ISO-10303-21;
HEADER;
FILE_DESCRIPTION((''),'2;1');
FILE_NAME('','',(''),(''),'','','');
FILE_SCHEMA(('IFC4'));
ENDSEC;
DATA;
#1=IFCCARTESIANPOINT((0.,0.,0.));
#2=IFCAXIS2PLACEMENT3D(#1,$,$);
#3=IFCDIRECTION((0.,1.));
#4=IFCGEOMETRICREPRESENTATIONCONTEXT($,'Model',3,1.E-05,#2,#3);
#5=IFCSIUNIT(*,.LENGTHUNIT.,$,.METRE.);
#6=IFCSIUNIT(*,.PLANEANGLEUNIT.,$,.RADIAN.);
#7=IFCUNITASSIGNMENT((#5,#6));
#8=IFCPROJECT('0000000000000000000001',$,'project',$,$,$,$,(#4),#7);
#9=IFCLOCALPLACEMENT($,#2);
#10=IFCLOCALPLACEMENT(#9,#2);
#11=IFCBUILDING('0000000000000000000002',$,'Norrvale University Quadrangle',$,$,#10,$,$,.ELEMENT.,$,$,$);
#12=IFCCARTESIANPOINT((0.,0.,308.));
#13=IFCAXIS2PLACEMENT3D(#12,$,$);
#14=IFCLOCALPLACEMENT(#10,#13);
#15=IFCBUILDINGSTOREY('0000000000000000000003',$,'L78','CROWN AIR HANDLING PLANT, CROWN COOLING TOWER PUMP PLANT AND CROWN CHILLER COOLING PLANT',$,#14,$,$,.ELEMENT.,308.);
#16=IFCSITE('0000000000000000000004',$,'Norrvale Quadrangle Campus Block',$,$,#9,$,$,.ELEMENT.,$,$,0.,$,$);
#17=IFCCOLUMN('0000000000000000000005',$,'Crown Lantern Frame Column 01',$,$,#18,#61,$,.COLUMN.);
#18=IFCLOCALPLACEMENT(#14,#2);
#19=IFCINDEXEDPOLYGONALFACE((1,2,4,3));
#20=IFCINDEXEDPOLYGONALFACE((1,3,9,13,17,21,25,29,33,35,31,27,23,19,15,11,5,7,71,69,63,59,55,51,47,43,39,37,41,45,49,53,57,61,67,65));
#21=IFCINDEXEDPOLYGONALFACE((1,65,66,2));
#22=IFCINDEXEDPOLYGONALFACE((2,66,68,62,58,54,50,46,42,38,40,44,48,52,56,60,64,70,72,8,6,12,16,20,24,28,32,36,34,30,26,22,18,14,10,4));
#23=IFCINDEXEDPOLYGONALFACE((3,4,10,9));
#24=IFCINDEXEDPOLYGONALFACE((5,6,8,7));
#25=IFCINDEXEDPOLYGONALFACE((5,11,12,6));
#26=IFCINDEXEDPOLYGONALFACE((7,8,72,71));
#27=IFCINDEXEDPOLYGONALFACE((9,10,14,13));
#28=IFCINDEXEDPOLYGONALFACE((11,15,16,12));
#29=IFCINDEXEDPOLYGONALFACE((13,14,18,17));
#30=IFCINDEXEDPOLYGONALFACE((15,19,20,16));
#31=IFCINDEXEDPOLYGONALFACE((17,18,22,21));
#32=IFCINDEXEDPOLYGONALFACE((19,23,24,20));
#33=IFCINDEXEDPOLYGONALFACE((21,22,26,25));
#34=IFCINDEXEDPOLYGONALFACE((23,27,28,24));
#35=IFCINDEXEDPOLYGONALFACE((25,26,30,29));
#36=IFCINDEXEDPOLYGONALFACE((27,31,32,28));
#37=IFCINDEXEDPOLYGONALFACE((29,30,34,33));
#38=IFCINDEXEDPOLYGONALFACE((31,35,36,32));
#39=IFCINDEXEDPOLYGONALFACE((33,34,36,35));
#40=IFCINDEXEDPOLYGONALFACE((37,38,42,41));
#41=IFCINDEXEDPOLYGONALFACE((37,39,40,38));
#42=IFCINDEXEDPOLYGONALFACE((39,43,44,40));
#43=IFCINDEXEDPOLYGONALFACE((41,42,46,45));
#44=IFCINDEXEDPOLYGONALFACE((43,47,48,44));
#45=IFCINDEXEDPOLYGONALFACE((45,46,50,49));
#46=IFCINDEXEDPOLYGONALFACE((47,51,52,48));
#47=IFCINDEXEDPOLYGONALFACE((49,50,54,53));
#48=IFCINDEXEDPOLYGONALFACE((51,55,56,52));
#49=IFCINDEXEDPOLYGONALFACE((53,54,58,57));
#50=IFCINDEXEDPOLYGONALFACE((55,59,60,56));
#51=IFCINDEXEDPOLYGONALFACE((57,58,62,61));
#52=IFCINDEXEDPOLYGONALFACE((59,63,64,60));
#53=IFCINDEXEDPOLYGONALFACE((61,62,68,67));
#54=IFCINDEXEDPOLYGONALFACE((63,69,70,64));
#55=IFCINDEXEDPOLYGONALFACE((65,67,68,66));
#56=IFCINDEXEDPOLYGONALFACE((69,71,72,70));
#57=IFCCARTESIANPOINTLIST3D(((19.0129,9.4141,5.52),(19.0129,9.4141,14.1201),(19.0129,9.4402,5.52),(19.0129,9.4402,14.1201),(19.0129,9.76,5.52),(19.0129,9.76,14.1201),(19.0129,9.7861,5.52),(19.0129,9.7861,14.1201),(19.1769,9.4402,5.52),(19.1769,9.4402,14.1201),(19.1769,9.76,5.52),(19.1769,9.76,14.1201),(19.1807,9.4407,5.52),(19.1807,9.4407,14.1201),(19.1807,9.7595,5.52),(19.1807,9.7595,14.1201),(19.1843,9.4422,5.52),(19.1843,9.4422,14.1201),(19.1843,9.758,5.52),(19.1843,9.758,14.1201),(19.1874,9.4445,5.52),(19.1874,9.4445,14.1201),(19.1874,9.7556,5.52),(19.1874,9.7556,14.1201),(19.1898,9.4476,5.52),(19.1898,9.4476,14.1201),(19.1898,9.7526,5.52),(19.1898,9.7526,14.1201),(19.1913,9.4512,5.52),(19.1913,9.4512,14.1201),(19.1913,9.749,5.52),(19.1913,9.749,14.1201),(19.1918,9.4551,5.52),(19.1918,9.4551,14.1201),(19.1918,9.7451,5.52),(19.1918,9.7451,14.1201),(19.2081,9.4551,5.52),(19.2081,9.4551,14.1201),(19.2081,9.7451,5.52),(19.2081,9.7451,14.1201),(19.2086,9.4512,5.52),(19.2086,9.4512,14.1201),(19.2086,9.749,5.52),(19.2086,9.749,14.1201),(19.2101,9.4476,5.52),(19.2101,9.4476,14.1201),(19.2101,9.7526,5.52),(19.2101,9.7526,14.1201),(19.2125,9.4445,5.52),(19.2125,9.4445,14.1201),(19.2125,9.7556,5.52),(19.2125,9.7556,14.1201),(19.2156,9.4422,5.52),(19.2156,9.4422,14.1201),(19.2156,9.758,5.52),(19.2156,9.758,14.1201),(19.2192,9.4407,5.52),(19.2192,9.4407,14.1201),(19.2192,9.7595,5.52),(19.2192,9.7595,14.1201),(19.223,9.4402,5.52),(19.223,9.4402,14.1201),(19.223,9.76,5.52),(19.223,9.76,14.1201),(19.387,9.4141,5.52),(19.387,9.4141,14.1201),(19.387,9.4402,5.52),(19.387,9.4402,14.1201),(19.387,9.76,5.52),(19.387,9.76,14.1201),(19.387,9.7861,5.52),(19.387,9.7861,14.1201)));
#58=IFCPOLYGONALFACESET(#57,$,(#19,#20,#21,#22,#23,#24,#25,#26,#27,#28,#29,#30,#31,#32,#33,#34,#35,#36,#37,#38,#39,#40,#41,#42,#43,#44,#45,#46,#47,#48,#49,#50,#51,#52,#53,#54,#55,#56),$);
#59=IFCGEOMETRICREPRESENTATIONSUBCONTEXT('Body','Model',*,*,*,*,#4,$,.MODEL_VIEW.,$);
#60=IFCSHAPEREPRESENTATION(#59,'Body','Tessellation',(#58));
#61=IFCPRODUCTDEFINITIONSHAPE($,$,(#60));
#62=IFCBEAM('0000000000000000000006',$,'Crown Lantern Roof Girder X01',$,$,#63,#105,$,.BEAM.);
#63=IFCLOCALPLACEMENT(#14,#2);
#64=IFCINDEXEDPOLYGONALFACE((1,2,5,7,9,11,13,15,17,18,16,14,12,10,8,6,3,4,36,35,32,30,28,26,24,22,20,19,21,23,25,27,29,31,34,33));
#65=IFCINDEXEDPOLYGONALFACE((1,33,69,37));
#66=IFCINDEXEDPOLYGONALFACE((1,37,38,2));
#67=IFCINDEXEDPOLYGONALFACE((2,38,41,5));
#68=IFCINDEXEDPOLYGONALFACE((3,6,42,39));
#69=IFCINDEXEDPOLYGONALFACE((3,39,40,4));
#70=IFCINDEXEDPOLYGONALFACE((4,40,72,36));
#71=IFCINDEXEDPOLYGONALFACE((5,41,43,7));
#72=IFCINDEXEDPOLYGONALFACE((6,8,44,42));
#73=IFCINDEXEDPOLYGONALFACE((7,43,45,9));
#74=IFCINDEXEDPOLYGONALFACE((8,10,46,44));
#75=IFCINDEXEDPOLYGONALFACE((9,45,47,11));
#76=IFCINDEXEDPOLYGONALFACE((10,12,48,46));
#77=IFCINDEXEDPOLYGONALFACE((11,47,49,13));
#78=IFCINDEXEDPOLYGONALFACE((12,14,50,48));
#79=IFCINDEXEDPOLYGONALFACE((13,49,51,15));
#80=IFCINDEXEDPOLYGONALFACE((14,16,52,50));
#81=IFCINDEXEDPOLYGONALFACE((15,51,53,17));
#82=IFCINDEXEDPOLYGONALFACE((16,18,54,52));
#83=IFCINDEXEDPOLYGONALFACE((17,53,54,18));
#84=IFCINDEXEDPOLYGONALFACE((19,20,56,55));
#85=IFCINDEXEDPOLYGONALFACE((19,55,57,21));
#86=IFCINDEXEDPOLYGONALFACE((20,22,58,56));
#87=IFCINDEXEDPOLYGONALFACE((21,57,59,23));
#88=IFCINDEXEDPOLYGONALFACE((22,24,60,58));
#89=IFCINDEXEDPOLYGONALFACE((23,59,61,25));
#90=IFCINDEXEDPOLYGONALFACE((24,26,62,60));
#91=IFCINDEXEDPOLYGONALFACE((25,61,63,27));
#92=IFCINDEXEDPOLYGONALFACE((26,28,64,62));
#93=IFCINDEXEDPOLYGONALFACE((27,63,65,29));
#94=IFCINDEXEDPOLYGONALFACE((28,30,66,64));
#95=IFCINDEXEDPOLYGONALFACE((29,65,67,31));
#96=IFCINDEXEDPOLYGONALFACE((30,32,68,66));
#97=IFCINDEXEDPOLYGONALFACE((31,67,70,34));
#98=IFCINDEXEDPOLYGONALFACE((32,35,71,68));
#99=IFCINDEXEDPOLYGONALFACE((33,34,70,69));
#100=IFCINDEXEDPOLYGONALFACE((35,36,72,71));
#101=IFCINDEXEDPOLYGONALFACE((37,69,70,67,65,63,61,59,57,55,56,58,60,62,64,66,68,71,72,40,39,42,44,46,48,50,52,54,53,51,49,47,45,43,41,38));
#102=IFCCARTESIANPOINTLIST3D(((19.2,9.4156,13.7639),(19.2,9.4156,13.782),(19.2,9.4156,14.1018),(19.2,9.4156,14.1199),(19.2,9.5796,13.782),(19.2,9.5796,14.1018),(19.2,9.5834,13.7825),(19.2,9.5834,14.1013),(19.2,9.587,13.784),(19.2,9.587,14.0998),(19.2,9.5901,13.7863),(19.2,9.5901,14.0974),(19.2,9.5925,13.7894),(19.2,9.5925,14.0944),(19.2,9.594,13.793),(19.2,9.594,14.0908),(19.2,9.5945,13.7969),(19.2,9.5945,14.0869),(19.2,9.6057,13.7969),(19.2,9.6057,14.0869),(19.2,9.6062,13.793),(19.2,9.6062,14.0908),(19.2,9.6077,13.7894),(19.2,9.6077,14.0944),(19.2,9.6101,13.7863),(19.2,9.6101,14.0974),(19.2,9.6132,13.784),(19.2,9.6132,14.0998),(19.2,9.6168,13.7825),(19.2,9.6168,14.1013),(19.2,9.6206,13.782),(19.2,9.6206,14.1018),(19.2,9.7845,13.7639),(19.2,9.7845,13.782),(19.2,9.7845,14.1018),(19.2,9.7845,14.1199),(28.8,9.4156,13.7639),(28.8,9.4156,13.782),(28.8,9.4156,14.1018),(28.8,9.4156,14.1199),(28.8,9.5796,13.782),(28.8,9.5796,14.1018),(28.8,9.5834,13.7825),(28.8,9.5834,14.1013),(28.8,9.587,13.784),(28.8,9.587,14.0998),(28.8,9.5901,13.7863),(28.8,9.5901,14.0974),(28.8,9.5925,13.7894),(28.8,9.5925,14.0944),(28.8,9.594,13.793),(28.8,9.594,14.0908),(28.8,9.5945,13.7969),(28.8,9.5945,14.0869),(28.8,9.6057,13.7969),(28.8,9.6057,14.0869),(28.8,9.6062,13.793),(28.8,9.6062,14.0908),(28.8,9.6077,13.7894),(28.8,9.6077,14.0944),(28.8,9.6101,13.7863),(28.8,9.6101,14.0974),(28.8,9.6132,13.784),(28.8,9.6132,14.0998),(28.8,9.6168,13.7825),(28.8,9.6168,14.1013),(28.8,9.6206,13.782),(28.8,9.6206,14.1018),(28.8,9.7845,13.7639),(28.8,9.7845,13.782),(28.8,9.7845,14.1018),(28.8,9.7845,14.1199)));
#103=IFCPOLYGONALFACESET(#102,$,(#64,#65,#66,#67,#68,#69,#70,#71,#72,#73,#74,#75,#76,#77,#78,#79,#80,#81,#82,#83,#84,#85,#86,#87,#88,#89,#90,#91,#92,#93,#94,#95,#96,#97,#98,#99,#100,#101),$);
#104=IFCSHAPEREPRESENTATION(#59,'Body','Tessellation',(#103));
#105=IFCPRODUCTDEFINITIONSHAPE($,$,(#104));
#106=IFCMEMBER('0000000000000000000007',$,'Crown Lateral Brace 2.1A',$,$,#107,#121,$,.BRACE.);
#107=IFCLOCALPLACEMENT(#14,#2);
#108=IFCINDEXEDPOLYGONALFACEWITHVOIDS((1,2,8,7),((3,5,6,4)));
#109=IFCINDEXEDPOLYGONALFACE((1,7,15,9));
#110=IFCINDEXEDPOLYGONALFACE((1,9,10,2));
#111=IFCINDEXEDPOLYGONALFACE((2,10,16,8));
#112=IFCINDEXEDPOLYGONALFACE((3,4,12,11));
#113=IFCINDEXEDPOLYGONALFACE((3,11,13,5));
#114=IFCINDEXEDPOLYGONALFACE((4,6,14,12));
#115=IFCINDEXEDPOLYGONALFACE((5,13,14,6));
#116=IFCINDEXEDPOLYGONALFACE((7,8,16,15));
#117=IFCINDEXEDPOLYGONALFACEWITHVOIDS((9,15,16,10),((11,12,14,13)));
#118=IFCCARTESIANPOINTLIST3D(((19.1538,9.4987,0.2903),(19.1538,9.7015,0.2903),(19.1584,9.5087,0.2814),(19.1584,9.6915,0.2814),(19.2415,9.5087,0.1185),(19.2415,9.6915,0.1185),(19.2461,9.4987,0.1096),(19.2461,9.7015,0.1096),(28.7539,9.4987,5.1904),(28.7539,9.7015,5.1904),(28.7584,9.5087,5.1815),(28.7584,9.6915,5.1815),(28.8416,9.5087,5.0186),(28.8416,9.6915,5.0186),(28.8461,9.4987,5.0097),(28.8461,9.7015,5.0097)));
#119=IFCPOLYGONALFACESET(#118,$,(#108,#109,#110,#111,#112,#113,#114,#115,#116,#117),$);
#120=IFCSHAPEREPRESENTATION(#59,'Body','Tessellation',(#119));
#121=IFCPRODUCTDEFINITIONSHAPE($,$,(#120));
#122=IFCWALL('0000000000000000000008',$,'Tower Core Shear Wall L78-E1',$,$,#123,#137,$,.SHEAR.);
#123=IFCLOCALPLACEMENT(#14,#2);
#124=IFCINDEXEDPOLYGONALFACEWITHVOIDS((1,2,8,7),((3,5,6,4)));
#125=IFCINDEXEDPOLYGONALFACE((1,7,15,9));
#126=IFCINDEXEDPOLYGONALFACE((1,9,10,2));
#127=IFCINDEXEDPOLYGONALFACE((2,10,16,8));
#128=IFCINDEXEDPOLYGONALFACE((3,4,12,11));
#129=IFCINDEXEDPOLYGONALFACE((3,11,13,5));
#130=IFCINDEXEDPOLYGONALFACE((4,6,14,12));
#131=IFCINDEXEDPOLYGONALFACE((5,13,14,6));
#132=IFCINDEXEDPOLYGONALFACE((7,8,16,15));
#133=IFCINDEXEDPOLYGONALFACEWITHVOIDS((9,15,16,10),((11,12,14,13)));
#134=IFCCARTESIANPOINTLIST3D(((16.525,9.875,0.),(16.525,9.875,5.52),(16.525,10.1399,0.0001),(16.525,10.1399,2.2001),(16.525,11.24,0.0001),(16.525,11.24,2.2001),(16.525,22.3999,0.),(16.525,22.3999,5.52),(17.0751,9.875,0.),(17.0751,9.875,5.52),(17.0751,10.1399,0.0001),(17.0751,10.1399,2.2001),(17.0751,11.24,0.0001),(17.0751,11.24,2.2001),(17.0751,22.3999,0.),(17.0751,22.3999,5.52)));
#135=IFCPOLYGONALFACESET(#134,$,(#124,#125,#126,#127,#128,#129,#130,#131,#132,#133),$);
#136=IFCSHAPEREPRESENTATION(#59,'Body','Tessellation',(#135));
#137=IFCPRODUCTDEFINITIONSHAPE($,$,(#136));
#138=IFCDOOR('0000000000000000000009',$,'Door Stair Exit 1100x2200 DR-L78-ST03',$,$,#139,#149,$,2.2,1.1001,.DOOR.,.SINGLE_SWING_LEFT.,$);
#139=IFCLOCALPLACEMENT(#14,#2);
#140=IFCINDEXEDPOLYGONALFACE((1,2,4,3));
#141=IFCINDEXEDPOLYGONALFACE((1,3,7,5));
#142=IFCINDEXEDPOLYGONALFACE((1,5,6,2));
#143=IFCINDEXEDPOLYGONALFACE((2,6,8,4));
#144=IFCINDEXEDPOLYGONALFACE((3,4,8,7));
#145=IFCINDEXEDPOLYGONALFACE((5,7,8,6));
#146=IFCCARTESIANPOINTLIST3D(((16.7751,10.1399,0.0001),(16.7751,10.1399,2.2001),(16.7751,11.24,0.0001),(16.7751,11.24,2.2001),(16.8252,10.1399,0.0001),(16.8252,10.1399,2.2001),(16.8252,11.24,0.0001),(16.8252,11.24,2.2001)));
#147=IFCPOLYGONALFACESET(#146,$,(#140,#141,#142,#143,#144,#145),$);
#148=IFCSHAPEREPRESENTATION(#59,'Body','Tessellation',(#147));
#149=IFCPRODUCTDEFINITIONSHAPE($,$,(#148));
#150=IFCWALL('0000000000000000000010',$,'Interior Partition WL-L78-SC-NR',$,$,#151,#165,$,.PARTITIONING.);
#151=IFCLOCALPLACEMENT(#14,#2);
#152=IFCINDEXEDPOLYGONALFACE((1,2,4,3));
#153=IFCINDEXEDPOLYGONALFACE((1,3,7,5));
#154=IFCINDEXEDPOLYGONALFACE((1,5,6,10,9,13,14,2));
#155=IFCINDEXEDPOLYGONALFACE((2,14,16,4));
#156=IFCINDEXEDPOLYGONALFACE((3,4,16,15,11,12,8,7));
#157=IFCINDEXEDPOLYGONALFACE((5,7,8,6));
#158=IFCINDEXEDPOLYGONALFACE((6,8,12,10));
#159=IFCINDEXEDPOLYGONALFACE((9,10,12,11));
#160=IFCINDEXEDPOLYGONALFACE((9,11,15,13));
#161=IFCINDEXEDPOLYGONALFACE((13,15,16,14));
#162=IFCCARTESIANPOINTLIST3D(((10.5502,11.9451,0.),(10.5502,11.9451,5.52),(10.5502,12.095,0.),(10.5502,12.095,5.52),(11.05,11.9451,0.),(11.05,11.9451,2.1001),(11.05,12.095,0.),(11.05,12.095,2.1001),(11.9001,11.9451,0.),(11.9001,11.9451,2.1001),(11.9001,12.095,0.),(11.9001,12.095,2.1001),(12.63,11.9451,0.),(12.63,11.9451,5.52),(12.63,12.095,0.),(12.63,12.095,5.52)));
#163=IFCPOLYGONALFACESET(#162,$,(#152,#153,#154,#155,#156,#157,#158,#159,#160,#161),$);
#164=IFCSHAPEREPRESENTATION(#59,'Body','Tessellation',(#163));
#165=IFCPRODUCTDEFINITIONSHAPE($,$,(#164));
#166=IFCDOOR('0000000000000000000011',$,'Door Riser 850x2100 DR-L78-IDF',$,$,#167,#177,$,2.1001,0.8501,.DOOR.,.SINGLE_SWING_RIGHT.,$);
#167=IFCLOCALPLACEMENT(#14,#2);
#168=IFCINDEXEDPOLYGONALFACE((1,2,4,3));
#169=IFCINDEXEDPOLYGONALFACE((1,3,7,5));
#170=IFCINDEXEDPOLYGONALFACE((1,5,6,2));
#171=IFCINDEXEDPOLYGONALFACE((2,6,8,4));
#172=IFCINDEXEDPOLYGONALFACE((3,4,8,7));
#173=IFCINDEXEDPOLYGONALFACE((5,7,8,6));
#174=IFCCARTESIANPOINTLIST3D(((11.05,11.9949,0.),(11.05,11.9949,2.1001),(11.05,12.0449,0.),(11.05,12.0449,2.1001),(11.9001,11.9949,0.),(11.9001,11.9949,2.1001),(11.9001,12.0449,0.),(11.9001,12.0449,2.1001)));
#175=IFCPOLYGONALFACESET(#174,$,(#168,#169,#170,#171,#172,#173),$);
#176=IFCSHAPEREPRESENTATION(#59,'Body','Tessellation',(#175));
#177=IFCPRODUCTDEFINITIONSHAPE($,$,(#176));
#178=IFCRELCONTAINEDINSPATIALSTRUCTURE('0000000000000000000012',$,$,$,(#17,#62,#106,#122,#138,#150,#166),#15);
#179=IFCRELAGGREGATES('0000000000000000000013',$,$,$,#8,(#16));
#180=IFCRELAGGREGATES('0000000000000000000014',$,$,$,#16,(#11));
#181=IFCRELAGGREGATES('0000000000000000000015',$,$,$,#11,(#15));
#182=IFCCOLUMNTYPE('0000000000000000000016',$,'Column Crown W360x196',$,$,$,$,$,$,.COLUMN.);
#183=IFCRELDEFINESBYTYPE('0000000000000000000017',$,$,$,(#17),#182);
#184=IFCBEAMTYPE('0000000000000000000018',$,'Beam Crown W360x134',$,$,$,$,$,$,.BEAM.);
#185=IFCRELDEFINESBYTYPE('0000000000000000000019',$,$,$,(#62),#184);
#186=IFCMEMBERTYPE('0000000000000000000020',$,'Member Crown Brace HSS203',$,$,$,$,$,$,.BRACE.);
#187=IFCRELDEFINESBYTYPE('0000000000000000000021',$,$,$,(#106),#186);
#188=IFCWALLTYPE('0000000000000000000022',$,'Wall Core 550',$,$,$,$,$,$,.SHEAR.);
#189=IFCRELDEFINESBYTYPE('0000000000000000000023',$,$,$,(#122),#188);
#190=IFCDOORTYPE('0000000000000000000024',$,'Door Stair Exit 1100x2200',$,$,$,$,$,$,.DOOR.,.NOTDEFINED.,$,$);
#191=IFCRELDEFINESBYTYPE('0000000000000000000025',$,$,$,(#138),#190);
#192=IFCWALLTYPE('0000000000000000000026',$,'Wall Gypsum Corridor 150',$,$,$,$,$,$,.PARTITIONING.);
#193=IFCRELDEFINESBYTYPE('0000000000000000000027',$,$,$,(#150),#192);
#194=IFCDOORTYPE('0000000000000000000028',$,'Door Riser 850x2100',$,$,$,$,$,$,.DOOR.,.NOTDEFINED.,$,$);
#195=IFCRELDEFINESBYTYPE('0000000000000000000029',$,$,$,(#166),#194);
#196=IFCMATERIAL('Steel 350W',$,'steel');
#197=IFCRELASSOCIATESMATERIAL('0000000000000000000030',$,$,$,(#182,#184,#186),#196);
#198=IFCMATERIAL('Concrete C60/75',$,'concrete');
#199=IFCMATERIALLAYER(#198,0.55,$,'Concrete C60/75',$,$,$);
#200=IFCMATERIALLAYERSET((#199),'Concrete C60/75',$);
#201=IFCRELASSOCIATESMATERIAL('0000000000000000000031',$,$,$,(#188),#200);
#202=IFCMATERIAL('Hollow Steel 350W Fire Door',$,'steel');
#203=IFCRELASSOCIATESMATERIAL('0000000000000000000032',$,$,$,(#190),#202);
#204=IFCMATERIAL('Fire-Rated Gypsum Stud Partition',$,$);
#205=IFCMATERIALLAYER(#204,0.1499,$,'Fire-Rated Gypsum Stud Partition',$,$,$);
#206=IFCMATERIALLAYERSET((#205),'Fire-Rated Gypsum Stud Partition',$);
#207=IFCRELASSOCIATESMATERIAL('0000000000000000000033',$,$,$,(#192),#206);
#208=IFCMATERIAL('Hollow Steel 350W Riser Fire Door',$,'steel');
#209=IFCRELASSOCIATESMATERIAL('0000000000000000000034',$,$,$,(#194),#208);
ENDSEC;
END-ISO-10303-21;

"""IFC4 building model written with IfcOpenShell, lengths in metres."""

from ifc_helpers import new_model, si_unit, direction, frame, frame_2d, origin, origin_2d, place, context, subcontext, project, spatial, rectangle, hollow_rectangle, i_section, extrude, material, layer, layer_set, material_profile, profile_set, type_object, element, fill, save


model = new_model("IFC4")

# Units and contexts
model_context = context("Model", 3, precision=1e-05, world=origin(), true_north=direction((0.0, 1.0)))
body_context = subcontext(model_context, "Body", "Model", "MODEL_VIEW")
ifc_project = project(units=[si_unit("LENGTHUNIT", "METRE"), si_unit("PLANEANGLEUNIT", "RADIAN")], contexts=[model_context])

# Site, building, storey
site_placement = place(None, origin())
site = spatial("IfcSite", under=ifc_project, at=site_placement, Name="Norrvale Quadrangle Campus Block", CompositionType="ELEMENT", RefElevation=0.0)
building_placement = place(site_placement, origin())
building = spatial("IfcBuilding", under=site, at=building_placement, Name="Norrvale University Quadrangle", CompositionType="ELEMENT")
storey_placement = place(building_placement, frame((0.0, 0.0, 308.0)))
storey = spatial("IfcBuildingStorey", under=building, at=storey_placement, Name="L78", Description="CROWN AIR HANDLING PLANT, CROWN COOLING TOWER PUMP PLANT AND CROWN CHILLER COOLING PLANT", CompositionType="ELEMENT", Elevation=308.0)

# Column
ifc_material_1 = material(Name="Steel 350W", Category="steel")
ifc_material_profile_1 = material_profile(ifc_material_1, i_section(OverallWidth=0.374, OverallDepth=0.3721, WebThickness=0.0164, FlangeThickness=0.0261, FilletRadius=0.0149, at=origin_2d()), Name="Steel 350W")
ifc_profile_set_1 = profile_set([ifc_material_profile_1], Name="Steel 350W")
column_type = type_object("IfcColumnType", Name="Column Crown W360x196", PredefinedType="COLUMN", material=ifc_profile_set_1)
column_placement = place(storey_placement, frame((19.2, 9.6001, 5.52), z_axis=(0.0, 0.0, 1.0), x_axis=(1.0, 0.0, 0.0)))
element("IfcColumn", 1, at=column_placement, inside=storey, type_object=column_type, Name="Crown Lantern Frame Column 01", PredefinedType="COLUMN", context=body_context, shape_type="SweptSolid", body=[
    extrude(i_section(OverallWidth=0.374, OverallDepth=0.3721, WebThickness=0.0164, FlangeThickness=0.0261, FilletRadius=0.0149, at=origin_2d()), origin(), (0.0, 0.0, 1.0), 8.6001),
])

# Beam
ifc_material_profile_2 = material_profile(ifc_material_1, i_section(OverallWidth=0.3689, OverallDepth=0.356, WebThickness=0.0112, FlangeThickness=0.0181, FilletRadius=0.0149, at=origin_2d()), Name="Steel 350W")
ifc_profile_set_2 = profile_set([ifc_material_profile_2], Name="Steel 350W")
beam_type = type_object("IfcBeamType", Name="Beam Crown W360x134", PredefinedType="BEAM", material=ifc_profile_set_2)
beam_placement = place(storey_placement, frame((19.2, 9.6001, 13.9419), z_axis=(1.0, 0.0, 0.0), x_axis=(0.0, 1.0, 0.0)))
element("IfcBeam", 2, at=beam_placement, inside=storey, type_object=beam_type, Name="Crown Lantern Roof Girder X01", PredefinedType="BEAM", context=body_context, shape_type="SweptSolid", body=[
    extrude(i_section(OverallWidth=0.3689, OverallDepth=0.356, WebThickness=0.0112, FlangeThickness=0.0181, FilletRadius=0.0149, at=origin_2d()), origin(), (0.0, 0.0, 1.0), 9.6001),
])

# Member
ifc_material_profile_3 = material_profile(ifc_material_1, hollow_rectangle(XDim=0.2029, YDim=0.2029, WallThickness=0.01, at=origin_2d()), Name="Steel 350W")
ifc_profile_set_3 = profile_set([ifc_material_profile_3], Name="Steel 350W")
member_type = type_object("IfcMemberType", Name="Member Crown Brace HSS203", PredefinedType="BRACE", material=ifc_profile_set_3)
member_placement = place(storey_placement, frame((19.2, 9.6001, 0.2), z_axis=(0.890682, 0.0, 0.454628), x_axis=(0.0, 1.0, 0.0)))
element("IfcMember", 3, at=member_placement, inside=storey, type_object=member_type, Name="Crown Lateral Brace 2.1A", PredefinedType="BRACE", context=body_context, shape_type="SweptSolid", body=[
    extrude(hollow_rectangle(XDim=0.2029, YDim=0.2029, WallThickness=0.01, at=origin_2d()), origin(), (0.0, 0.0, 1.0), 10.7783),
])

# Walls, openings, doors
ifc_material_2 = material(Name="Concrete C60/75", Category="concrete")
ifc_layer_1 = layer(ifc_material_2, 0.55, Name="Concrete C60/75")
ifc_layer_set_1 = layer_set([ifc_layer_1], Name="Concrete C60/75")
wall_type_1 = type_object("IfcWallType", Name="Wall Core 550", PredefinedType="SHEAR", material=ifc_layer_set_1)
wall_1_placement = place(storey_placement, frame((16.8, 9.875, 0.0), z_axis=(0.0, 0.0, 1.0), x_axis=(0.0, 1.0, 0.0)))
wall_1 = element("IfcWall", 4, at=wall_1_placement, inside=storey, type_object=wall_type_1, Name="Tower Core Shear Wall L78-E1", PredefinedType="SHEAR", context=body_context, shape_type="SweptSolid", body=[
    extrude(rectangle(XDim=12.5249, YDim=0.55, at=frame_2d((6.2625, 0.0))), origin(), (0.0, 0.0, 1.0), 5.52),
])
opening_1_placement = place(wall_1_placement, frame((0.2649, 0.0, 0.0)))
opening_1 = element("IfcOpeningElement", 5, at=opening_1_placement, cuts=wall_1, PredefinedType="OPENING", context=body_context, shape_type="SweptSolid", body=[
    extrude(rectangle(XDim=1.1001, YDim=2.2, at=frame_2d((0.55, 1.1001))), frame((0.0, 0.2871, 0.0), z_axis=(0.0, -1.0, 0.0), x_axis=(1.0, 0.0, 0.0)), (0.0, 0.0, 1.0), 0.574),
])
ifc_material_3 = material(Name="Hollow Steel 350W Fire Door", Category="steel")
door_type_1 = type_object("IfcDoorType", Name="Door Stair Exit 1100x2200", OperationType="NOTDEFINED", PredefinedType="DOOR", material=ifc_material_3)
door_1_placement = place(opening_1_placement, origin())
door_1 = element("IfcDoor", 6, at=door_1_placement, inside=storey, type_object=door_type_1, Name="Door Stair Exit 1100x2200 DR-L78-ST03", OperationType="SINGLE_SWING_LEFT", OverallHeight=2.2, OverallWidth=1.1001, PredefinedType="DOOR", context=body_context, shape_type="SweptSolid", body=[
    extrude(rectangle(XDim=1.1001, YDim=2.2, at=frame_2d((0.55, 1.1001))), frame((0.0, 0.0249, 0.0), z_axis=(0.0, -1.0, 0.0), x_axis=(1.0, 0.0, 0.0)), (0.0, 0.0, 1.0), 0.05),
])
fill(opening_1, door_1)
ifc_material_4 = material(Name="Fire-Rated Gypsum Stud Partition")
ifc_layer_2 = layer(ifc_material_4, 0.1499, Name="Fire-Rated Gypsum Stud Partition")
ifc_layer_set_2 = layer_set([ifc_layer_2], Name="Fire-Rated Gypsum Stud Partition")
wall_type_2 = type_object("IfcWallType", Name="Wall Gypsum Corridor 150", PredefinedType="PARTITIONING", material=ifc_layer_set_2)
wall_2_placement = place(storey_placement, frame((10.55, 12.02, 0.0), z_axis=(0.0, 0.0, 1.0), x_axis=(1.0, 0.0, 0.0)))
wall_2 = element("IfcWall", 7, at=wall_2_placement, inside=storey, type_object=wall_type_2, Name="Interior Partition WL-L78-SC-NR", PredefinedType="PARTITIONING", context=body_context, shape_type="SweptSolid", body=[
    extrude(rectangle(XDim=2.0798, YDim=0.1499, at=frame_2d((1.04, 0.0))), origin(), (0.0, 0.0, 1.0), 5.52),
])
opening_2_placement = place(wall_2_placement, frame((0.5, 0.0, 0.0)))
opening_2 = element("IfcOpeningElement", 8, at=opening_2_placement, cuts=wall_2, PredefinedType="OPENING", context=body_context, shape_type="SweptSolid", body=[
    extrude(rectangle(XDim=0.8501, YDim=2.1001, at=frame_2d((0.425, 1.05))), frame((0.0, 0.0869, 0.0), z_axis=(0.0, -1.0, 0.0), x_axis=(1.0, 0.0, 0.0)), (0.0, 0.0, 1.0), 0.1738),
])
ifc_material_5 = material(Name="Hollow Steel 350W Riser Fire Door", Category="steel")
door_type_2 = type_object("IfcDoorType", Name="Door Riser 850x2100", OperationType="NOTDEFINED", PredefinedType="DOOR", material=ifc_material_5)
door_2_placement = place(opening_2_placement, origin())
door_2 = element("IfcDoor", 9, at=door_2_placement, inside=storey, type_object=door_type_2, Name="Door Riser 850x2100 DR-L78-IDF", OperationType="SINGLE_SWING_RIGHT", OverallHeight=2.1001, OverallWidth=0.8501, PredefinedType="DOOR", context=body_context, shape_type="SweptSolid", body=[
    extrude(rectangle(XDim=0.8501, YDim=2.1001, at=frame_2d((0.425, 1.05))), frame((0.0, 0.0249, 0.0), z_axis=(0.0, -1.0, 0.0), x_axis=(1.0, 0.0, 0.0)), (0.0, 0.0, 1.0), 0.05),
])
fill(opening_2, door_2)

save(model, "model.ifc")
